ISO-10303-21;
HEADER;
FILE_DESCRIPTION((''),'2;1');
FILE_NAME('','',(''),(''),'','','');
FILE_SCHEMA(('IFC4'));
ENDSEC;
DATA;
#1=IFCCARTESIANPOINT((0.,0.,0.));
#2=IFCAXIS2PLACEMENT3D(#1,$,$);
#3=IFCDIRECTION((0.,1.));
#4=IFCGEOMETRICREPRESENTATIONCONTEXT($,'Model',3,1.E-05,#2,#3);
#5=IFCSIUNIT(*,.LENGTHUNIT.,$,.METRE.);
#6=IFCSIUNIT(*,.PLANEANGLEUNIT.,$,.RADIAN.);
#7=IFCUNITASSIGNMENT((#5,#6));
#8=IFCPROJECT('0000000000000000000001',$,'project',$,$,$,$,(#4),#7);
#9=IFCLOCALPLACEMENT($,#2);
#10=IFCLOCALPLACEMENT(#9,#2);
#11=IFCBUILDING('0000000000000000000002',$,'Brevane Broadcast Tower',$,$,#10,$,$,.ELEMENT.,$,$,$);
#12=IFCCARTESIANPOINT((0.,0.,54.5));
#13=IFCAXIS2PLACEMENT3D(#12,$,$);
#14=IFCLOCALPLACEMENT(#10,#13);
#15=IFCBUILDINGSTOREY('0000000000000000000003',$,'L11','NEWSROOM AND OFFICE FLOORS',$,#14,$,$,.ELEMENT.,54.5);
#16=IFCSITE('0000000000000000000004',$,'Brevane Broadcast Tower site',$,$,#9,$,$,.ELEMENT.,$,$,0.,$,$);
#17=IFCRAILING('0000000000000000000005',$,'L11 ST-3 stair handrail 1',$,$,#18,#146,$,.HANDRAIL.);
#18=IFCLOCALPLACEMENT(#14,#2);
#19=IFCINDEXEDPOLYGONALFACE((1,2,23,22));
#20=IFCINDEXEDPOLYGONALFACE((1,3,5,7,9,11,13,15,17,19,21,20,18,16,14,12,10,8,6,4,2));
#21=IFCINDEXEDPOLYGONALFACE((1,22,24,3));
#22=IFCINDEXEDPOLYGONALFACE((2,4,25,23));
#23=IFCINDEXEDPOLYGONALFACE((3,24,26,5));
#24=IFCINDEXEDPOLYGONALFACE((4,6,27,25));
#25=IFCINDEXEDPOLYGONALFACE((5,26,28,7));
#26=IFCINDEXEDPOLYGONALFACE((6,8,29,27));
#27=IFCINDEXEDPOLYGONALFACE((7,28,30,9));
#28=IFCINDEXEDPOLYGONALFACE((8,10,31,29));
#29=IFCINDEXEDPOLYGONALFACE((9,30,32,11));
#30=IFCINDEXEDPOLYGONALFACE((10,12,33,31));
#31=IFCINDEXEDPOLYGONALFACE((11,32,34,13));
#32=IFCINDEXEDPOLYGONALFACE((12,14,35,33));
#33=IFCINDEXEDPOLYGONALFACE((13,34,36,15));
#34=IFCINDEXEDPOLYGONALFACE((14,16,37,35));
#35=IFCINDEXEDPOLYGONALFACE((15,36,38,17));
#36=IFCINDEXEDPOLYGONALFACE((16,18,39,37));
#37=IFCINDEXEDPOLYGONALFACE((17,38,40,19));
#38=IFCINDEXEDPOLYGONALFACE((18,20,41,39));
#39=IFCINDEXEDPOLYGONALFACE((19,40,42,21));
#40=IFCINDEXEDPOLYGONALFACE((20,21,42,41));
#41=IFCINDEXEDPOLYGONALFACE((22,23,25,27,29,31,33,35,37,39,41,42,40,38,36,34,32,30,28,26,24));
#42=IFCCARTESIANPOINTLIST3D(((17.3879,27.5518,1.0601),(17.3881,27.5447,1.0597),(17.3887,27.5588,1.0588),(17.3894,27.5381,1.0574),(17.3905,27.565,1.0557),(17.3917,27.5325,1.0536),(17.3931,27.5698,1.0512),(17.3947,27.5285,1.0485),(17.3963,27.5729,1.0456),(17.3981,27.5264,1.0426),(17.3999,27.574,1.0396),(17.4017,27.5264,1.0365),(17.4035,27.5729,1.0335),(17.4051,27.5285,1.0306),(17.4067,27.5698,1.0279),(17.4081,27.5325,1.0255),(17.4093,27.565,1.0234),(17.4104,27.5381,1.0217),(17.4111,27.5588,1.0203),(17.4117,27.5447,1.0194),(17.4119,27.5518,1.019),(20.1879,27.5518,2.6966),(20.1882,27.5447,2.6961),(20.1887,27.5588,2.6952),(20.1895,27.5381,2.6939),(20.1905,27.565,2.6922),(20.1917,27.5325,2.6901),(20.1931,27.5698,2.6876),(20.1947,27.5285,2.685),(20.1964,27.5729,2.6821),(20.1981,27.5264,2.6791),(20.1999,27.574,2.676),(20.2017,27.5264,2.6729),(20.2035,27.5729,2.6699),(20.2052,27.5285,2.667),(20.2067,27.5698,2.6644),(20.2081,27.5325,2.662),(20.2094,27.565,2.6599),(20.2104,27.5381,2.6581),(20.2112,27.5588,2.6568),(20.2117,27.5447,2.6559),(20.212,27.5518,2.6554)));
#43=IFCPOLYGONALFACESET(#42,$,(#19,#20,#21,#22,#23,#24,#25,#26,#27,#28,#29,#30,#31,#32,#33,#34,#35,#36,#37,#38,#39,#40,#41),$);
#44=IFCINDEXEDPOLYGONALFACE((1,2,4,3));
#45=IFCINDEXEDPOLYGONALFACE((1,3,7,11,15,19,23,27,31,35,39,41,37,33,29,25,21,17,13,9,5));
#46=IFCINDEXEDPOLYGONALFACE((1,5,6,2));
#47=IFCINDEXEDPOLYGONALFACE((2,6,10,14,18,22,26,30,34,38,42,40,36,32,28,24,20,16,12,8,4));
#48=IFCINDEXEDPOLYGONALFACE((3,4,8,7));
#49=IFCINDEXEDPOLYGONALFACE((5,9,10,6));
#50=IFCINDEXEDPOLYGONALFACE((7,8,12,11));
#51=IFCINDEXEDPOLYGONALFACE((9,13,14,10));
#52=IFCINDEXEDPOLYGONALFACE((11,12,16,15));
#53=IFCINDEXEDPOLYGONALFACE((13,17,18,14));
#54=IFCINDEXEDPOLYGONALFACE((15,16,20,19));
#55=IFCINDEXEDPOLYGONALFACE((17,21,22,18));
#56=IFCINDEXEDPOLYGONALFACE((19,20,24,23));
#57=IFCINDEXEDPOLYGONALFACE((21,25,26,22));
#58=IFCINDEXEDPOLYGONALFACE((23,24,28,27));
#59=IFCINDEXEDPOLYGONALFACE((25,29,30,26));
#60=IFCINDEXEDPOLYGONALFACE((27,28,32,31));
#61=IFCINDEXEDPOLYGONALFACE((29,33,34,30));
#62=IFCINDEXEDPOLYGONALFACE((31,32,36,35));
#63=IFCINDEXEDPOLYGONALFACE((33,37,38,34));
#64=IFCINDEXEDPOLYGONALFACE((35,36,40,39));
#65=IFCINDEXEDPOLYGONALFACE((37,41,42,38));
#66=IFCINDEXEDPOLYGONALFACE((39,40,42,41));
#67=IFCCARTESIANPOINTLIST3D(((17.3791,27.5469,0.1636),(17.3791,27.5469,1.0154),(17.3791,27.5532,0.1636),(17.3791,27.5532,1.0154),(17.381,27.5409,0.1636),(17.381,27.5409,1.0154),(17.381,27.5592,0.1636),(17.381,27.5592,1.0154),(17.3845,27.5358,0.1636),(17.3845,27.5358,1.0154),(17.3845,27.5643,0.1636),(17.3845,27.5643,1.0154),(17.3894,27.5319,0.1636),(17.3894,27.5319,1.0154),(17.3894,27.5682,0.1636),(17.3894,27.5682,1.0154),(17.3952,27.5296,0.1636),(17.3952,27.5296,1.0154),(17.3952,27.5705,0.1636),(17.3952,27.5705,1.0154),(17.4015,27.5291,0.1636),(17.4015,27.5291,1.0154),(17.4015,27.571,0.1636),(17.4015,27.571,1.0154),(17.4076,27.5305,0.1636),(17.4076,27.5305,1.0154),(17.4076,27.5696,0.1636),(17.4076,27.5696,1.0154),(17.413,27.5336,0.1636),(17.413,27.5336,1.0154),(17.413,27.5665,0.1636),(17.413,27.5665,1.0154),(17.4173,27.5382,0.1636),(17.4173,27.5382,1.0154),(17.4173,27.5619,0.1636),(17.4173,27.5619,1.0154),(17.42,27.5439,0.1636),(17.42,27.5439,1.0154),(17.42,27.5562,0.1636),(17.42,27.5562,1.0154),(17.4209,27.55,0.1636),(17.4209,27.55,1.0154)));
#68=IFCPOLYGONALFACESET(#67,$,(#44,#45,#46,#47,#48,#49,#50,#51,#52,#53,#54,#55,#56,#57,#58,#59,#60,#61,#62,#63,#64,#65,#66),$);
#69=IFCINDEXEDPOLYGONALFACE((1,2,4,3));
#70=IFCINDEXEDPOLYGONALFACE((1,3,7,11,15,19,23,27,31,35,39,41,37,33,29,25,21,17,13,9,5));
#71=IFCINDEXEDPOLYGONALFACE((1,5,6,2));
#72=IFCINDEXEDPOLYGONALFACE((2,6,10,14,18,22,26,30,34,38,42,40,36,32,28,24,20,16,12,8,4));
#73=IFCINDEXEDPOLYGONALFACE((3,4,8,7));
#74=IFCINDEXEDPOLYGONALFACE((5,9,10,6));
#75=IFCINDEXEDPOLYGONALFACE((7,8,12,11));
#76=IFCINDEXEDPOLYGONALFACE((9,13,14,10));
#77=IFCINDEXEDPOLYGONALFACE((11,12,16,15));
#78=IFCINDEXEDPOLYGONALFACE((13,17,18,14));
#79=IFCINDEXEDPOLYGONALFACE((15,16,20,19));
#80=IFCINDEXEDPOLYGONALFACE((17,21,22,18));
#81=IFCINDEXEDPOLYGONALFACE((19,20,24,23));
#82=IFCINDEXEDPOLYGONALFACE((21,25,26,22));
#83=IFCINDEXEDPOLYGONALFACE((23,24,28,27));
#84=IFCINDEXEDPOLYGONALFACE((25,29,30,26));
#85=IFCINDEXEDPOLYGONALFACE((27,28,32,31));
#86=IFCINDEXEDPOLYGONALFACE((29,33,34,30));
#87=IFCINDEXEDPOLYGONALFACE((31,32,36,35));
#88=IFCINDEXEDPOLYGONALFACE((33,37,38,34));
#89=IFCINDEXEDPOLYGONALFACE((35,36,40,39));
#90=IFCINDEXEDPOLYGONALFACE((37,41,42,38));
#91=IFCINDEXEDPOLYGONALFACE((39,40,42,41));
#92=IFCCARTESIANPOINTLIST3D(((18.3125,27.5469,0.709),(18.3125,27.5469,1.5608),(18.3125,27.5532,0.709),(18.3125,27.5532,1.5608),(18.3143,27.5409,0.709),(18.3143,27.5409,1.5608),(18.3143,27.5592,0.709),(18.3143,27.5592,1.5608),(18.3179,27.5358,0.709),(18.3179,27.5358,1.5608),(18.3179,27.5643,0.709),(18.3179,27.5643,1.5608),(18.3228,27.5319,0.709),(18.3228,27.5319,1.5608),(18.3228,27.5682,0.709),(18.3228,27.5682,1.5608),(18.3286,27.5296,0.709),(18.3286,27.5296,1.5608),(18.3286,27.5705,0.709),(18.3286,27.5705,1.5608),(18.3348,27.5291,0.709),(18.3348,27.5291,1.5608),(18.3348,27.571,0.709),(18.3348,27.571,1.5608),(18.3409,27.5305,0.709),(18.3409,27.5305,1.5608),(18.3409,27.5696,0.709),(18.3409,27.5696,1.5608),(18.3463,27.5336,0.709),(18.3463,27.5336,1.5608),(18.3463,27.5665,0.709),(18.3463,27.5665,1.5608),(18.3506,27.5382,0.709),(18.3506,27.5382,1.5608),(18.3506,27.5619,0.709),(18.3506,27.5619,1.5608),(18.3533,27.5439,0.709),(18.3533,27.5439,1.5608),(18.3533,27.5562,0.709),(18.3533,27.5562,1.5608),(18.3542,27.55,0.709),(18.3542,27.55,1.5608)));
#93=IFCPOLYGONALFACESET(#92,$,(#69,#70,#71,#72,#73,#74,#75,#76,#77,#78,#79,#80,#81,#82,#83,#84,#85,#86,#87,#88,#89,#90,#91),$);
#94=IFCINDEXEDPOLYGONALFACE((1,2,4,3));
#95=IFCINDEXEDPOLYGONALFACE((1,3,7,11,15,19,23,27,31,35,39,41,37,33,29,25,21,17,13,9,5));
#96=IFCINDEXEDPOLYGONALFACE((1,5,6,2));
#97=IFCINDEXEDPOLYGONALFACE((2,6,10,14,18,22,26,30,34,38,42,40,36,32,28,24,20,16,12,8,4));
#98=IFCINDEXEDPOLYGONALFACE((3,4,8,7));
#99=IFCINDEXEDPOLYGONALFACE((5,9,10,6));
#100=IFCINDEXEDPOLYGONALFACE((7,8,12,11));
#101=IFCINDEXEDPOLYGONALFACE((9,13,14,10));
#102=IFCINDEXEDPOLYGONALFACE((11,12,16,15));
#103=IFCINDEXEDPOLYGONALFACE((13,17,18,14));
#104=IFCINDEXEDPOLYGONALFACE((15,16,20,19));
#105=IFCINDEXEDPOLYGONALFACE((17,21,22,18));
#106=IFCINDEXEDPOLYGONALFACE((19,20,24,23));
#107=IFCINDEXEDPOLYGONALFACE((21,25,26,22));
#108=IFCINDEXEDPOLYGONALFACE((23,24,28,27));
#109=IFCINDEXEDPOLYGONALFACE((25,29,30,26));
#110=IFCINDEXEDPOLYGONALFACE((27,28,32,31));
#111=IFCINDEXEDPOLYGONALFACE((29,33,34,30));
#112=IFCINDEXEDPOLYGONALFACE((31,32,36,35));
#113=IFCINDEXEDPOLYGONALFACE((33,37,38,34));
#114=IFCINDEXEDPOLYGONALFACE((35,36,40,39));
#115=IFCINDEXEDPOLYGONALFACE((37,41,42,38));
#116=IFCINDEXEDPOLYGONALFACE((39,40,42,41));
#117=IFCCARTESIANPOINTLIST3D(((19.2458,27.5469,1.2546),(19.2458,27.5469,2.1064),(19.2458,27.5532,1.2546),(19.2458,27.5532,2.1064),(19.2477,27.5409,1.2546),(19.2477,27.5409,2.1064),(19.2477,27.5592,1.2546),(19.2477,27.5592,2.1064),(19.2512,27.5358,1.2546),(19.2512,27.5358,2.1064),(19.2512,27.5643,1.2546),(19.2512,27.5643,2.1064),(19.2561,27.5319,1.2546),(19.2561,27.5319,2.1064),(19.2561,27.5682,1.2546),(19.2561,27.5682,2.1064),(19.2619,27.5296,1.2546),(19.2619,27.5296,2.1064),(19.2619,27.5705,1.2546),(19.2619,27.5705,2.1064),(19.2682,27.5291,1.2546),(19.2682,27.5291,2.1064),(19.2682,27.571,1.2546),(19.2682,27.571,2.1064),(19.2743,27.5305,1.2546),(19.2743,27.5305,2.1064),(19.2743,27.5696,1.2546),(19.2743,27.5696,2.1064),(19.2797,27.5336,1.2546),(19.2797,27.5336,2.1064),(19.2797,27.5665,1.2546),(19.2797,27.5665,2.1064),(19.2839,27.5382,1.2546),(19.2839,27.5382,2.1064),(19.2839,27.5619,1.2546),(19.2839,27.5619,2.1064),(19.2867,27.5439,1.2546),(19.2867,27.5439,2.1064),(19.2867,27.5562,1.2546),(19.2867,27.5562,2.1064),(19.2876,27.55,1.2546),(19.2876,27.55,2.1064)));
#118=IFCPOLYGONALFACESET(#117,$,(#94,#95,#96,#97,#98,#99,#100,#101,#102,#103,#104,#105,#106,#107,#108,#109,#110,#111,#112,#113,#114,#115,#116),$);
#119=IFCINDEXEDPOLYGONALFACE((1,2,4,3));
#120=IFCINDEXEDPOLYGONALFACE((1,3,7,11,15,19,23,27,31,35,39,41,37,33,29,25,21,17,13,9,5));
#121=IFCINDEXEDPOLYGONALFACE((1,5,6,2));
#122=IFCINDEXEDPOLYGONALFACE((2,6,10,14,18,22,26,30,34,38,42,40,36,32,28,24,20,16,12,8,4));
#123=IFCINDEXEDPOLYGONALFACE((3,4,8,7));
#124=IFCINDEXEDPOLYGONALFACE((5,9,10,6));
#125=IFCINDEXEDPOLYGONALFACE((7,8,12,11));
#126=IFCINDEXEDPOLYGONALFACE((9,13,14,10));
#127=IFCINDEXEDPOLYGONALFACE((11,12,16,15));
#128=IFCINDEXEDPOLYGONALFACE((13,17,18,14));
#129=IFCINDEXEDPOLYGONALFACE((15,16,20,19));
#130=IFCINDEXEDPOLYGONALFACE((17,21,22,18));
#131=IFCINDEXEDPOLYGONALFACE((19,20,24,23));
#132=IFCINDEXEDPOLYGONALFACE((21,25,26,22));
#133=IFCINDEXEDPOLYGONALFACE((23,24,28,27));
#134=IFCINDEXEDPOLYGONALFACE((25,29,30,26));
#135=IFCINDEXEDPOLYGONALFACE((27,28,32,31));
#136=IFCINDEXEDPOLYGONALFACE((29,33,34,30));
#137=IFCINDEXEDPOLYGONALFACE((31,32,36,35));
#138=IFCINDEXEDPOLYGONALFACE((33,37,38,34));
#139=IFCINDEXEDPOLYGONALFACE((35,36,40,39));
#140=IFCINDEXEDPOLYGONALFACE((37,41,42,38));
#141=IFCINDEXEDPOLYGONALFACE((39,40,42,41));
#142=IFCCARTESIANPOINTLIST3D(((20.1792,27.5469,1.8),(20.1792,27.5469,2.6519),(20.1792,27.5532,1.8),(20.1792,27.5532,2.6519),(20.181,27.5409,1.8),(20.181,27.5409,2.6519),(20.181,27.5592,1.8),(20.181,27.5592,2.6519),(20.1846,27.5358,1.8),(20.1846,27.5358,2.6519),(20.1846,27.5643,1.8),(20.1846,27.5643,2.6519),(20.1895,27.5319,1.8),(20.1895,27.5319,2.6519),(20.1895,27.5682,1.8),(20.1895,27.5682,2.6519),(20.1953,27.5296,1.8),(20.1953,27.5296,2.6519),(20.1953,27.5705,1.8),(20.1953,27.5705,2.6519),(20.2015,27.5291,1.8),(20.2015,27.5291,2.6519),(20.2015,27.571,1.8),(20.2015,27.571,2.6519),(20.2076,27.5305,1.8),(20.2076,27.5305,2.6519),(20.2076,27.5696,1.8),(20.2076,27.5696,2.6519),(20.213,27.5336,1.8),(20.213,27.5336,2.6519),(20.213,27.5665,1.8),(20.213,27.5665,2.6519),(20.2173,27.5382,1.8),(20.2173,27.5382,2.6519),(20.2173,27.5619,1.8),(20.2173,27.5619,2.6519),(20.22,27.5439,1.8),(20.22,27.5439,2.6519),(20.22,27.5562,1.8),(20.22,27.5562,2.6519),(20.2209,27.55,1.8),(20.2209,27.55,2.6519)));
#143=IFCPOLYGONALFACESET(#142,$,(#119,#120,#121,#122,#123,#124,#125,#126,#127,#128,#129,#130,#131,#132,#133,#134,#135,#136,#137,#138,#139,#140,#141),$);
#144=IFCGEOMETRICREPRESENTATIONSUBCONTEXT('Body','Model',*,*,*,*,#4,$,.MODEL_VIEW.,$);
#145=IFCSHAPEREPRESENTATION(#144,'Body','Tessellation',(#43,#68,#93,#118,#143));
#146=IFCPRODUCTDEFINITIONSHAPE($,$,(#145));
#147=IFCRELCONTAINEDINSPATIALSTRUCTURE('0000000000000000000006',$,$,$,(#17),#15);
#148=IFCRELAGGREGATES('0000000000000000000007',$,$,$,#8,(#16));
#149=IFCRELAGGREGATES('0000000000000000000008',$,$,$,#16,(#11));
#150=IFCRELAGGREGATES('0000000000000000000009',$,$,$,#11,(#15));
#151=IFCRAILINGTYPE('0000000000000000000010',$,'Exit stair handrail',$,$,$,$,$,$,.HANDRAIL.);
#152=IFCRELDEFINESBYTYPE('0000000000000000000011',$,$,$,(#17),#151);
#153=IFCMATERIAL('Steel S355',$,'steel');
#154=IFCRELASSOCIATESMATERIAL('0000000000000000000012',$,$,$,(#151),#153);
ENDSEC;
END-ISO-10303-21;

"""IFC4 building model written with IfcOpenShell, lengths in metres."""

from ifc_helpers import new_model, si_unit, direction, frame, origin, origin_2d, place, context, subcontext, project, spatial, circle, extrude, material, type_object, element, save


model = new_model("IFC4")

# Units and contexts
model_context = context("Model", 3, precision=1e-05, world=origin(), true_north=direction((0.0, 1.0)))
body_context = subcontext(model_context, "Body", "Model", "MODEL_VIEW")
ifc_project = project(units=[si_unit("LENGTHUNIT", "METRE"), si_unit("PLANEANGLEUNIT", "RADIAN")], contexts=[model_context])

# Site, building, storey
site_placement = place(None, origin())
site = spatial("IfcSite", under=ifc_project, at=site_placement, Name="Brevane Broadcast Tower site", CompositionType="ELEMENT", RefElevation=0.0)
building_placement = place(site_placement, origin())
building = spatial("IfcBuilding", under=site, at=building_placement, Name="Brevane Broadcast Tower", CompositionType="ELEMENT")
storey_placement = place(building_placement, frame((0.0, 0.0, 54.5)))
storey = spatial("IfcBuildingStorey", under=building, at=storey_placement, Name="L11", Description="NEWSROOM AND OFFICE FLOORS", CompositionType="ELEMENT", Elevation=54.5)

# Railing
ifc_material_1 = material(Name="Steel S355", Category="steel")
railing_type_1 = type_object("IfcRailingType", Name="Exit stair handrail", PredefinedType="HANDRAIL", material=ifc_material_1)
railing_1_placement = place(storey_placement, frame((17.3999, 27.55, 0.1636)))
element("IfcRailing", 1, at=railing_1_placement, inside=storey, type_object=railing_type_1, Name="L11 ST-3 stair handrail 1", PredefinedType="HANDRAIL", context=body_context, shape_type="SweptSolid", body=[
    extrude(circle(Radius=0.0239, at=origin_2d()), frame((0.0, 0.0, 0.876), z_axis=(0.863361, 0.0, 0.504587), x_axis=(0.0, 1.0, 0.0)), (0.0, 0.0, 1.0), 3.2432),
    extrude(circle(Radius=0.021, at=origin_2d()), origin(), (0.0, 0.0, 1.0), 0.8518),
    extrude(circle(Radius=0.021, at=origin_2d()), frame((0.9333, 0.0, 0.5454)), (0.0, 0.0, 1.0), 0.8518),
    extrude(circle(Radius=0.021, at=origin_2d()), frame((1.8667, 0.0, 1.0911)), (0.0, 0.0, 1.0), 0.8518),
    extrude(circle(Radius=0.021, at=origin_2d()), frame((2.8, 0.0, 1.6365)), (0.0, 0.0, 1.0), 0.8518),
])

save(model, "model.ifc")
